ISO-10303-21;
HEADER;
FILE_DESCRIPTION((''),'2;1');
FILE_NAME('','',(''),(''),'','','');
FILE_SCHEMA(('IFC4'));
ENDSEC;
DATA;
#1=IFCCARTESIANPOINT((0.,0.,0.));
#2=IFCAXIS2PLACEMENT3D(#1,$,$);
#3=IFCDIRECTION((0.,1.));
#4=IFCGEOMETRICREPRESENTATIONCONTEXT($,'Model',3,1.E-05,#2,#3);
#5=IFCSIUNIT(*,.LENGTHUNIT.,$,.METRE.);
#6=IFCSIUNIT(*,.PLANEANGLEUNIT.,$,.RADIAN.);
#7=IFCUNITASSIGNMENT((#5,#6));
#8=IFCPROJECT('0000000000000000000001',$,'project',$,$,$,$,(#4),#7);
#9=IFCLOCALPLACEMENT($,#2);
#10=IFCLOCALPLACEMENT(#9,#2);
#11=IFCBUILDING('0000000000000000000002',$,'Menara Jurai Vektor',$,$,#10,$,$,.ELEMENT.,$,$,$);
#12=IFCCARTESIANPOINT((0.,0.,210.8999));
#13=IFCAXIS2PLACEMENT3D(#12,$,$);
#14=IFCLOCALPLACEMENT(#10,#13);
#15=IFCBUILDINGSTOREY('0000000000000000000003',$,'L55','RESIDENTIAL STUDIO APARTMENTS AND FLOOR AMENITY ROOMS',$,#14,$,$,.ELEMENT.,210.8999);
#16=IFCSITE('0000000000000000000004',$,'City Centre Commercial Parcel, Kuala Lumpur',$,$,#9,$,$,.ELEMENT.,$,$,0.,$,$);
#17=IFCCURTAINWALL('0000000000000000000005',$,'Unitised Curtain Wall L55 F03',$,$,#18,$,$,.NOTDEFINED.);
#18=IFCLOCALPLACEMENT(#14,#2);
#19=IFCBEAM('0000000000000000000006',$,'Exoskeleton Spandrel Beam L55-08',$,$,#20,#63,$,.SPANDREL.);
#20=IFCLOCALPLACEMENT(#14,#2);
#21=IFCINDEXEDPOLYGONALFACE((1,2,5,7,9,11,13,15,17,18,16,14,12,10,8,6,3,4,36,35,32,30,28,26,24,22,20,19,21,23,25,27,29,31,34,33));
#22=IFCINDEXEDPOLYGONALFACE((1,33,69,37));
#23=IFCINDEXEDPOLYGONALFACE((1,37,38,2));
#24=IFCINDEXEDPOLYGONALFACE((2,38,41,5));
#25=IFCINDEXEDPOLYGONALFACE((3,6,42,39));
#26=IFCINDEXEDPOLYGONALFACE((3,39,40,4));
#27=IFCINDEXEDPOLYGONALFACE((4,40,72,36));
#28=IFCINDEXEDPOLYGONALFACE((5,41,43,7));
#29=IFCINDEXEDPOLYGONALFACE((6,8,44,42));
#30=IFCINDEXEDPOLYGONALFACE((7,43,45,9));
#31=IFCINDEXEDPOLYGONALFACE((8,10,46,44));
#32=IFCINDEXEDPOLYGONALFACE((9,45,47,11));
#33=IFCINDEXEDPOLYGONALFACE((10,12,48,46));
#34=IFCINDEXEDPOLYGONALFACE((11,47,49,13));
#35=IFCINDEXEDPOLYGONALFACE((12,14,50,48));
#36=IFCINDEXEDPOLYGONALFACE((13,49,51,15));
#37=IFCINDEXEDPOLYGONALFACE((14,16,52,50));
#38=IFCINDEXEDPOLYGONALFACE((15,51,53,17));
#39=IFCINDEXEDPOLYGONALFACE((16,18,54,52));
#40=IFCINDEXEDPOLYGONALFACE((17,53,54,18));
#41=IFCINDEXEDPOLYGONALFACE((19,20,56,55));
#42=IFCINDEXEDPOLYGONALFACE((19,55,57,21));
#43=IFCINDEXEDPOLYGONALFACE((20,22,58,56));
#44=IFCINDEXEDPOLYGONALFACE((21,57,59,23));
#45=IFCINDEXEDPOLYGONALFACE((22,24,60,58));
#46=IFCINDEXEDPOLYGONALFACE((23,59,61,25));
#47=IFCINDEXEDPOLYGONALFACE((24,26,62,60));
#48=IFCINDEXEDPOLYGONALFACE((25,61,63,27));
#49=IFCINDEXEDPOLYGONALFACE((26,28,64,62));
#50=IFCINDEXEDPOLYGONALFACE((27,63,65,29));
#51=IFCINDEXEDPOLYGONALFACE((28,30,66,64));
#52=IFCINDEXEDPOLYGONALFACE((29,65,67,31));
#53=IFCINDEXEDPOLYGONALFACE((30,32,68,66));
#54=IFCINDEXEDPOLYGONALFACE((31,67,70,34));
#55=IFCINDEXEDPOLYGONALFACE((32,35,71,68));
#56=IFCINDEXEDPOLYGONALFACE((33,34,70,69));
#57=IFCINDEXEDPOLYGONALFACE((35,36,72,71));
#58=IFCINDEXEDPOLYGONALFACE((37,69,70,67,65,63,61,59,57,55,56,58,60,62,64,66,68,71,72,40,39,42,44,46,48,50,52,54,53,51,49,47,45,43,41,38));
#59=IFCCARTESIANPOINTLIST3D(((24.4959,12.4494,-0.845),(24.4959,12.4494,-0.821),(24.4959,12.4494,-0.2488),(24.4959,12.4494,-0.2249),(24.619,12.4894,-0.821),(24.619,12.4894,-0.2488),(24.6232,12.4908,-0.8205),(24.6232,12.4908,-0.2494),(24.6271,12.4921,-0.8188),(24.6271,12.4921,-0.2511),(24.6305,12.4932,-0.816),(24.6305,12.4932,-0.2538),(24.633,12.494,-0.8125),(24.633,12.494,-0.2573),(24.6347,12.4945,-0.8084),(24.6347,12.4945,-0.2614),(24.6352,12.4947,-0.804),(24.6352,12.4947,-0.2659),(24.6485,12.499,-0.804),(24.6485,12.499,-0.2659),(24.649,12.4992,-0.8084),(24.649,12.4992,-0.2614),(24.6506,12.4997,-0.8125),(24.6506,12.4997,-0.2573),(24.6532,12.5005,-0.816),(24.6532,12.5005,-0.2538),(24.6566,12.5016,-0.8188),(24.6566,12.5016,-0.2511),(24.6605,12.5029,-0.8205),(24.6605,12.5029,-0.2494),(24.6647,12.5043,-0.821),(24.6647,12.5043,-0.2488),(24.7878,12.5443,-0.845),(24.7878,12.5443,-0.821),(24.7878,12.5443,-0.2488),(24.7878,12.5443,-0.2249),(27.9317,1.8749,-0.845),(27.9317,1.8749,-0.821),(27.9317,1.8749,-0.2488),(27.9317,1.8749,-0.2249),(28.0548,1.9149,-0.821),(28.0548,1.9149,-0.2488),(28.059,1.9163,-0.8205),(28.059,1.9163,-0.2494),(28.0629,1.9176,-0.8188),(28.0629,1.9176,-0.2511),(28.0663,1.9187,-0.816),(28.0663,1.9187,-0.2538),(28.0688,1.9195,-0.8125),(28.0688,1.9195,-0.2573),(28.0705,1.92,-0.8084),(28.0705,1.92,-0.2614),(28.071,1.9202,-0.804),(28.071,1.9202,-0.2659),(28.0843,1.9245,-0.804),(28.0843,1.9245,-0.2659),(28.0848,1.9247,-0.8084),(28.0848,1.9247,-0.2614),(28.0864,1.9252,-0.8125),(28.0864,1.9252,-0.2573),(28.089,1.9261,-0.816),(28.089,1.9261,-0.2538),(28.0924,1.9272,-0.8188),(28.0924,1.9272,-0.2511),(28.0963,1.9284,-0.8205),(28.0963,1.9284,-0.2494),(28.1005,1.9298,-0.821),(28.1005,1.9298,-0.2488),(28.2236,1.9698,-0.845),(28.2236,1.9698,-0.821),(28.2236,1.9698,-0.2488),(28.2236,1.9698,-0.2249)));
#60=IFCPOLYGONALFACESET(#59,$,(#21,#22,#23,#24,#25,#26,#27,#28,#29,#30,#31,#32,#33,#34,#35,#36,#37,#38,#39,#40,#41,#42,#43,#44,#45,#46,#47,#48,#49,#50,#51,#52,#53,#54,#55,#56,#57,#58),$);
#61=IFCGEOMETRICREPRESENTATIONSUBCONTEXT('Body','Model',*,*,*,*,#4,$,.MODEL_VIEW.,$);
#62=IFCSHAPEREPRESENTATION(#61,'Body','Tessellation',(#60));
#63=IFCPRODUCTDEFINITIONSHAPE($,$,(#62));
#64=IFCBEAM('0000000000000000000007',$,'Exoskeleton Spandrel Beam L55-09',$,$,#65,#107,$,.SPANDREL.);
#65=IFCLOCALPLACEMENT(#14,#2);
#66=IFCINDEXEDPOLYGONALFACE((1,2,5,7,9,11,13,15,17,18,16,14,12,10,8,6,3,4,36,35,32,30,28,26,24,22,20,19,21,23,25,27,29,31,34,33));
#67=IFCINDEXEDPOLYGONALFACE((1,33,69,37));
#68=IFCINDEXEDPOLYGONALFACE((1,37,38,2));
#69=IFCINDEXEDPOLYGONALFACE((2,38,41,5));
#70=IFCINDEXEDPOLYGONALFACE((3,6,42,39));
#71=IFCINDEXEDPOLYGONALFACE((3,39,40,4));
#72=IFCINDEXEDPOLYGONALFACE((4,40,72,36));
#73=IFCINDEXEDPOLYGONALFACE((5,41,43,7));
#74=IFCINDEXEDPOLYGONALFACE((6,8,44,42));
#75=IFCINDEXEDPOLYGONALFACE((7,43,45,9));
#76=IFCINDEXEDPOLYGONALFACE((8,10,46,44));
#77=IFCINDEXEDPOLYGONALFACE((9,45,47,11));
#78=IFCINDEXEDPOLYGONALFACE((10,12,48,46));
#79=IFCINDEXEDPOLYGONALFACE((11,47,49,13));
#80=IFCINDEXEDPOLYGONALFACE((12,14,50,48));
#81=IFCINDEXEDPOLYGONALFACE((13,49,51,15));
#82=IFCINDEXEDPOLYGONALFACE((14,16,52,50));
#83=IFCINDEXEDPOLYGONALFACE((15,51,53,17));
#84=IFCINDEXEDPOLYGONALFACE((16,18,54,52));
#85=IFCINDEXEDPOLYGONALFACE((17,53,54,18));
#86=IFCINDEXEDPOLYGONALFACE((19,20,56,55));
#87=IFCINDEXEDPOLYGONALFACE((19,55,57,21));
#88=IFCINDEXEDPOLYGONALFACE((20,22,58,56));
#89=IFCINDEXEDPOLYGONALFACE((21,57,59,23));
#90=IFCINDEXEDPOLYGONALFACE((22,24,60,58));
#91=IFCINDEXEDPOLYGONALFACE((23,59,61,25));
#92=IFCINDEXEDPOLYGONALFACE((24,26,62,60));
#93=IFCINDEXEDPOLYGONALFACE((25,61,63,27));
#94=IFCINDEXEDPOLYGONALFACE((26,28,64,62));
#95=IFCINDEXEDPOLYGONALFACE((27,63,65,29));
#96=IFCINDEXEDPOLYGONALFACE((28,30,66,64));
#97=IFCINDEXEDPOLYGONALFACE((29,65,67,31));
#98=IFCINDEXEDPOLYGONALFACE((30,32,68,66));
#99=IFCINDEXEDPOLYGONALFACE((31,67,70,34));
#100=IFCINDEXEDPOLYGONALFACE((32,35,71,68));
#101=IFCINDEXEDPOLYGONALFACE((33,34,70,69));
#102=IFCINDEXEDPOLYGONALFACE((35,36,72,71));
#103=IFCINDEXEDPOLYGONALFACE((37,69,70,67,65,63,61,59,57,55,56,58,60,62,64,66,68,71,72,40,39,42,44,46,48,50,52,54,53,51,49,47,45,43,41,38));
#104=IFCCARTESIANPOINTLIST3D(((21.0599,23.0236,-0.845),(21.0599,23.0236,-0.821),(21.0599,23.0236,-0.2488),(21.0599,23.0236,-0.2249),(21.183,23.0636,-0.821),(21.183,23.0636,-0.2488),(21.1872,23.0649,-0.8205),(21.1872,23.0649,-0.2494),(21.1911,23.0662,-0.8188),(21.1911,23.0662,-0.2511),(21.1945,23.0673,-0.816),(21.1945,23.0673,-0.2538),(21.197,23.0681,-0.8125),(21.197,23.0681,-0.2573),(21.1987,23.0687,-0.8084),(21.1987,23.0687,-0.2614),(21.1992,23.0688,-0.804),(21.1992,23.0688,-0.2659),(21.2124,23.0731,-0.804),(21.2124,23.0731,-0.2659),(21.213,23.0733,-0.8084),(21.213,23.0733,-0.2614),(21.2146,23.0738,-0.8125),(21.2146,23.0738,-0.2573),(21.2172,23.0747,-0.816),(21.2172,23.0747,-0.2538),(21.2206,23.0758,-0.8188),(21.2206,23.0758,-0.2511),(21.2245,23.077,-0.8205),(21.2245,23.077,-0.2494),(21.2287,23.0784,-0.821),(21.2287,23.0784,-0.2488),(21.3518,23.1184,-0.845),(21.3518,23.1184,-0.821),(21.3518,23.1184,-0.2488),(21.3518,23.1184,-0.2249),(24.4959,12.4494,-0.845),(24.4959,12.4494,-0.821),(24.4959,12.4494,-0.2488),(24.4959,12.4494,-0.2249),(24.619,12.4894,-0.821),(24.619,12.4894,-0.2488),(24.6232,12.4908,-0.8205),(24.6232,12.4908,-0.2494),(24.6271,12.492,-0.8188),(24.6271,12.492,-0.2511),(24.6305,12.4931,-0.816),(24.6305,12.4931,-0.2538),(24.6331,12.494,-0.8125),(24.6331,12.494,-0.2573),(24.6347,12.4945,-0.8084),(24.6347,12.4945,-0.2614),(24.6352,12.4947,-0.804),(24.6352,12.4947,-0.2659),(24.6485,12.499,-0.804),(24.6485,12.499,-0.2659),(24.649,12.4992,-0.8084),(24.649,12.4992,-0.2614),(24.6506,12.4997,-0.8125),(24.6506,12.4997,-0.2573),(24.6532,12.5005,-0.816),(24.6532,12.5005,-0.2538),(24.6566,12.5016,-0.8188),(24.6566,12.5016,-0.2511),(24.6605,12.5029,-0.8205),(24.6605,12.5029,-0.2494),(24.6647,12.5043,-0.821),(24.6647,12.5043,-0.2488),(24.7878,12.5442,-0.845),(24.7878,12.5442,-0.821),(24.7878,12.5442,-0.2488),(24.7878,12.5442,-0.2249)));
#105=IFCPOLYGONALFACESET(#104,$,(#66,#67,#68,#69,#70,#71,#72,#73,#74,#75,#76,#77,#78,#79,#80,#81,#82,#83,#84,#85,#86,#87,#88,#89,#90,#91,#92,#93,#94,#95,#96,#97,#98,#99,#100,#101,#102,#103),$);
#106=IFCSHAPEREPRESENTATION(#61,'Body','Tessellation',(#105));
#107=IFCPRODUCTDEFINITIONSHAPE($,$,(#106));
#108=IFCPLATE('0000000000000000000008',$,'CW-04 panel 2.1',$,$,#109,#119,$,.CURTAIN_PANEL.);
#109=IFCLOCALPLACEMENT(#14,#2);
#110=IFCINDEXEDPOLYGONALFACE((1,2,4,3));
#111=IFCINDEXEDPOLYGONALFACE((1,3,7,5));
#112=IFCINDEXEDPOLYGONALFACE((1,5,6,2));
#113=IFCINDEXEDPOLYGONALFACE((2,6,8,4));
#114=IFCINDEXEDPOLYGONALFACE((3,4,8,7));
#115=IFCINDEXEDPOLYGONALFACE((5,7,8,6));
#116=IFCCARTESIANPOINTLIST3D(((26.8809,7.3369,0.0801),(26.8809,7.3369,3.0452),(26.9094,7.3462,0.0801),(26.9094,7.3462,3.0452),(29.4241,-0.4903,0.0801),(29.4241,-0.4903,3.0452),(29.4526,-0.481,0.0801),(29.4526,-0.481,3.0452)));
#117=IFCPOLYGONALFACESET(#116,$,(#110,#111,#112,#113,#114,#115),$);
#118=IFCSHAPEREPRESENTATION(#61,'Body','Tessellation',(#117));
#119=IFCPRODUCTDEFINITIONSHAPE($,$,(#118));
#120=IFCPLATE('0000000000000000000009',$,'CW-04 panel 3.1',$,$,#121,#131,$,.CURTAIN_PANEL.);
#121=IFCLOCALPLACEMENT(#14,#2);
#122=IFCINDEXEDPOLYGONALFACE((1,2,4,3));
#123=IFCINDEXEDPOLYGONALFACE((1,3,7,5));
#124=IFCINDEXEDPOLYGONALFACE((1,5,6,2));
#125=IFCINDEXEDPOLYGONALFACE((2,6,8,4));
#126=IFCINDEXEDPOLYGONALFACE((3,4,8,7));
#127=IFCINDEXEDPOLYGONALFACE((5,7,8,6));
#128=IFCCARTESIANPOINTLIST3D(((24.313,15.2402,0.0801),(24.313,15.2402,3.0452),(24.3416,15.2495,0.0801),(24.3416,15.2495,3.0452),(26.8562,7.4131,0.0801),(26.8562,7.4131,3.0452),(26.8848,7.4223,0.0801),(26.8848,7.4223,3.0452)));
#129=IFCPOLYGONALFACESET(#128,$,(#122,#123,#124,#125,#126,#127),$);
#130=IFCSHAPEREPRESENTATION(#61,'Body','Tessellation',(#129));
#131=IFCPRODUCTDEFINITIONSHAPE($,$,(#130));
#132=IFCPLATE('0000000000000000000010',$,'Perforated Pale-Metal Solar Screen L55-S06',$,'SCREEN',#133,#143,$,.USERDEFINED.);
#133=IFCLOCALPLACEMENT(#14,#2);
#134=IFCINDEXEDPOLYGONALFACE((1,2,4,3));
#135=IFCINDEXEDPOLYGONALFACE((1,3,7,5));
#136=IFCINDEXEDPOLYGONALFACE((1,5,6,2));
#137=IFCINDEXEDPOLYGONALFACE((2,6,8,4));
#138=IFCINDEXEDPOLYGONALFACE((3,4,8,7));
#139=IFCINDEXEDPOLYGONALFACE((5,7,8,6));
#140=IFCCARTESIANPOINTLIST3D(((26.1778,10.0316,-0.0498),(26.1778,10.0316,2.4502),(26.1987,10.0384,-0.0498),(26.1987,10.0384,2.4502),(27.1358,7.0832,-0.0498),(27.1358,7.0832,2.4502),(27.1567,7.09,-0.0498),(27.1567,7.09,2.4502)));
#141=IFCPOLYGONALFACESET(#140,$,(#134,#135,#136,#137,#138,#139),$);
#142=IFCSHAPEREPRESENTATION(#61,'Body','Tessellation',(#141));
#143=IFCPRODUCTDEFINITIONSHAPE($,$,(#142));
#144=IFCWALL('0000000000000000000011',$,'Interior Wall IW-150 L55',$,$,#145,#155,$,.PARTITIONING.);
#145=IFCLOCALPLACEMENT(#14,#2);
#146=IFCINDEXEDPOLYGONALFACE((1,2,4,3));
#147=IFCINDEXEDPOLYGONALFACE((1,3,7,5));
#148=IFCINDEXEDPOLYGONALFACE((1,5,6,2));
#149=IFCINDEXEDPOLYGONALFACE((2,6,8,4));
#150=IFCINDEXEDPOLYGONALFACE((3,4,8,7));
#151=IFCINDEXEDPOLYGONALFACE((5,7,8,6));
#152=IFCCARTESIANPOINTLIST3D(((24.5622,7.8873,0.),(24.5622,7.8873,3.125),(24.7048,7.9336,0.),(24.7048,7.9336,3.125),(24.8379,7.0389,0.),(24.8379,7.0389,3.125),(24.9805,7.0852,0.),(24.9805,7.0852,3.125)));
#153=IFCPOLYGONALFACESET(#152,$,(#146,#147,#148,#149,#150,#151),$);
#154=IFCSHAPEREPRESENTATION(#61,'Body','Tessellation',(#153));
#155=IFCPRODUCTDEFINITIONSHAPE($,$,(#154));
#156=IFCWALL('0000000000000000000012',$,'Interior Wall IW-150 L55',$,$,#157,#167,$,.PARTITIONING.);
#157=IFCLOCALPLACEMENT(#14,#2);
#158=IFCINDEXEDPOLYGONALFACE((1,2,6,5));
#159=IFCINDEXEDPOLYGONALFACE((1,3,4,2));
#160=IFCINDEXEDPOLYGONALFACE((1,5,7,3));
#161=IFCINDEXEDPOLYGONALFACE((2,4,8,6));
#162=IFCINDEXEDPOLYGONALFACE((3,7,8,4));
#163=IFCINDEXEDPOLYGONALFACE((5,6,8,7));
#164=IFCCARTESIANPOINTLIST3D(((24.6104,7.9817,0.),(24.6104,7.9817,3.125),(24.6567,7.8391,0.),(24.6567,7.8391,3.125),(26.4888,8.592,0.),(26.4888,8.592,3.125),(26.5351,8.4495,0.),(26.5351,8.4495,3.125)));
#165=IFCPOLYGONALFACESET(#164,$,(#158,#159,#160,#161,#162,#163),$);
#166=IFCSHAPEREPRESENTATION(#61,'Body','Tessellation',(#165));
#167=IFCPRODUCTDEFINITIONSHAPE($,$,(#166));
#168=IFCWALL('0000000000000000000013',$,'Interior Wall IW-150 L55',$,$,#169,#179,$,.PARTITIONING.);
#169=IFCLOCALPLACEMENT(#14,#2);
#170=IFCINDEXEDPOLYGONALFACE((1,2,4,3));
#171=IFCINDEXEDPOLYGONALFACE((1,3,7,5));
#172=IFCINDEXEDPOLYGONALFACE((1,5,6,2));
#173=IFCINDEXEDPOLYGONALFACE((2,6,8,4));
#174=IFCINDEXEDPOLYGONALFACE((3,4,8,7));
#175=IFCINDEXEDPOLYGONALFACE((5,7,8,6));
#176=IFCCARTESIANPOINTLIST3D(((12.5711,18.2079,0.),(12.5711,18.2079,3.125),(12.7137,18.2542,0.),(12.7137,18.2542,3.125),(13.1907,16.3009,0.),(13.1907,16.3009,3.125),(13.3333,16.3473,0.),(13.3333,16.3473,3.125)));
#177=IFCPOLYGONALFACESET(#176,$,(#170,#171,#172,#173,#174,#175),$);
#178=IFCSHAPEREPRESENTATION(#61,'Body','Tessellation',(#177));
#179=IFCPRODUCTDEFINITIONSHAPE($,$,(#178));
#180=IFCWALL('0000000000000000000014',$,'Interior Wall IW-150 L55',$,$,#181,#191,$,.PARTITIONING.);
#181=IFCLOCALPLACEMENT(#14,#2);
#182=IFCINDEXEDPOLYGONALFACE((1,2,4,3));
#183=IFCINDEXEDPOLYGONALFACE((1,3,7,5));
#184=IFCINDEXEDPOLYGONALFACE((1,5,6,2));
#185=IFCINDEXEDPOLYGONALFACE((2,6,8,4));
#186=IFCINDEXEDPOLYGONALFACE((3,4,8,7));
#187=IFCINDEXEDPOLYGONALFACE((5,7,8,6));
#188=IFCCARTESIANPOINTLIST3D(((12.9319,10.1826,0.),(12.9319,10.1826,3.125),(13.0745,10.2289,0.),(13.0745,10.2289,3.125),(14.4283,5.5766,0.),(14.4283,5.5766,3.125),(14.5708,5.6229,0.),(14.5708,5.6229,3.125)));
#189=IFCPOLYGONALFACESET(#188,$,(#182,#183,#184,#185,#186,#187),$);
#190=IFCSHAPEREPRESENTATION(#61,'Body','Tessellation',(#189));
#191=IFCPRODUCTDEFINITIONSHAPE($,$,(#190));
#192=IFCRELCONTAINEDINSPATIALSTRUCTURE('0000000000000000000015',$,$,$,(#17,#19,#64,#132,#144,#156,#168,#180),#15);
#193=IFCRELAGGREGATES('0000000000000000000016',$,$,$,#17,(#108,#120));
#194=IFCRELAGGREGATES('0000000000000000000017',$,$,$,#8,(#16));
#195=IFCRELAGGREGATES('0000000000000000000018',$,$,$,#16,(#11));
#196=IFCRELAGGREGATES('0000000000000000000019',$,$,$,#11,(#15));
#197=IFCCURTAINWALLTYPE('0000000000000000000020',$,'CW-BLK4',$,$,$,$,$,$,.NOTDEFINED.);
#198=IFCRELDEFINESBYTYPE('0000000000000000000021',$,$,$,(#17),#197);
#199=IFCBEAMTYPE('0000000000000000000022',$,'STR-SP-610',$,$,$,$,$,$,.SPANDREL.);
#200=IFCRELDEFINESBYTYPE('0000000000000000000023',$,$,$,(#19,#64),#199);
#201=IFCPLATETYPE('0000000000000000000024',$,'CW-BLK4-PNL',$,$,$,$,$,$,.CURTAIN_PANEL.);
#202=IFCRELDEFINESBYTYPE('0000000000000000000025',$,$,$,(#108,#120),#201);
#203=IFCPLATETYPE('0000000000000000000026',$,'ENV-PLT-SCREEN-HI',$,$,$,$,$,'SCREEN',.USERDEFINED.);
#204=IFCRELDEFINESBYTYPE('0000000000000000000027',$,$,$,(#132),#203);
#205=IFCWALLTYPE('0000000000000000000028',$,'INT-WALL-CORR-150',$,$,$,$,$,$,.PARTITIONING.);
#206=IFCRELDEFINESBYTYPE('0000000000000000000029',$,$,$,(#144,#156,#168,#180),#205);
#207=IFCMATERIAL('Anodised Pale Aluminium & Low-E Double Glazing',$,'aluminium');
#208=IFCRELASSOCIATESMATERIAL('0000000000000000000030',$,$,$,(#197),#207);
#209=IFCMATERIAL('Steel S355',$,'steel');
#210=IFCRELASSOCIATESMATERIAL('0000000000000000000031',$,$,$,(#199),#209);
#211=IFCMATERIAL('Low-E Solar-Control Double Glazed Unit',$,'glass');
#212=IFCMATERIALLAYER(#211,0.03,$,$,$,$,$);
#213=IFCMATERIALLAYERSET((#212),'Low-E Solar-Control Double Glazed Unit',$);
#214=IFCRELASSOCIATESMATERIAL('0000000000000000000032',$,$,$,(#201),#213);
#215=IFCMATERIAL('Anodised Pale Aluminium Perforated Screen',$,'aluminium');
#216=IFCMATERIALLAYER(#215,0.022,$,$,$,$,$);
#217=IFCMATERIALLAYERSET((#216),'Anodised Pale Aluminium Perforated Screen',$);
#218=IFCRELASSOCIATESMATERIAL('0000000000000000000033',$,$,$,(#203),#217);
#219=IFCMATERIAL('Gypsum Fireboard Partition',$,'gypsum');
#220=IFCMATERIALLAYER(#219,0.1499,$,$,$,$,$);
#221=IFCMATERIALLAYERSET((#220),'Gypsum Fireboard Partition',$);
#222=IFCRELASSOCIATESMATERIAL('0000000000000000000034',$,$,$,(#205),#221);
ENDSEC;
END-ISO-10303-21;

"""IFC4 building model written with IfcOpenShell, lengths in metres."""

from ifc_helpers import new_model, si_unit, direction, frame, frame_2d, origin, origin_2d, place, context, subcontext, project, spatial, rectangle, i_section, extrude, material, layer, layer_set, material_profile, profile_set, type_object, element, aggregate, save


model = new_model("IFC4")

# Units and contexts
model_context = context("Model", 3, precision=1e-05, world=origin(), true_north=direction((0.0, 1.0)))
body_context = subcontext(model_context, "Body", "Model", "MODEL_VIEW")
ifc_project = project(units=[si_unit("LENGTHUNIT", "METRE"), si_unit("PLANEANGLEUNIT", "RADIAN")], contexts=[model_context])

# Site, building, storey
site_placement = place(None, origin())
site = spatial("IfcSite", under=ifc_project, at=site_placement, Name="City Centre Commercial Parcel, Kuala Lumpur", CompositionType="ELEMENT", RefElevation=0.0)
building_placement = place(site_placement, origin())
building = spatial("IfcBuilding", under=site, at=building_placement, Name="Menara Jurai Vektor", CompositionType="ELEMENT")
storey_placement = place(building_placement, frame((0.0, 0.0, 210.8999)))
storey = spatial("IfcBuildingStorey", under=building, at=storey_placement, Name="L55", Description="RESIDENTIAL STUDIO APARTMENTS AND FLOOR AMENITY ROOMS", CompositionType="ELEMENT", Elevation=210.8999)

# Curtain wall
ifc_material_1 = material(Name="Anodised Pale Aluminium & Low-E Double Glazing", Category="aluminium")
curtain_wall_type = type_object("IfcCurtainWallType", Name="CW-BLK4", PredefinedType="NOTDEFINED", material=ifc_material_1)
curtain_wall_placement = place(storey_placement, origin())
curtain_wall = element("IfcCurtainWall", 1, at=curtain_wall_placement, inside=storey, type_object=curtain_wall_type, Name="Unitised Curtain Wall L55 F03", PredefinedType="NOTDEFINED")

# Beams
ifc_material_2 = material(Name="Steel S355", Category="steel")
ifc_material_profile_1 = material_profile(ifc_material_2, i_section(OverallWidth=0.3069, OverallDepth=0.6201, WebThickness=0.0139, FlangeThickness=0.0239, FilletRadius=0.0171, at=origin_2d()), Name="UKB 610x305x179")
ifc_profile_set_1 = profile_set([ifc_material_profile_1], Name="Steel S355")
beam_type_1 = type_object("IfcBeamType", Name="STR-SP-610", PredefinedType="SPANDREL", material=ifc_profile_set_1)
beam_1_placement = place(storey_placement, frame((28.0776, 1.9224, -0.5349), z_axis=(-0.309012, 0.951058, 0.0), x_axis=(-0.951058, -0.309012, 0.0)))
element("IfcBeam", 2, at=beam_1_placement, inside=storey, type_object=beam_type_1, Name="Exoskeleton Spandrel Beam L55-08", PredefinedType="SPANDREL", context=body_context, shape_type="SweptSolid", body=[
    extrude(i_section(OverallWidth=0.3069, OverallDepth=0.6201, WebThickness=0.0139, FlangeThickness=0.0239, FilletRadius=0.0171, at=origin_2d()), origin(), (0.0, 0.0, 1.0), 11.1187),
])
beam_2_placement = place(storey_placement, frame((24.6418, 12.4968, -0.5349), z_axis=(-0.309038, 0.95105, 0.0), x_axis=(-0.95105, -0.309038, 0.0)))
element("IfcBeam", 3, at=beam_2_placement, inside=storey, type_object=beam_type_1, Name="Exoskeleton Spandrel Beam L55-09", PredefinedType="SPANDREL", context=body_context, shape_type="SweptSolid", body=[
    extrude(i_section(OverallWidth=0.3069, OverallDepth=0.6201, WebThickness=0.0139, FlangeThickness=0.0239, FilletRadius=0.0171, at=origin_2d()), origin(), (0.0, 0.0, 1.0), 11.1184),
])

# Plates
ifc_material_3 = material(Name="Low-E Solar-Control Double Glazed Unit", Category="glass")
ifc_layer_1 = layer(ifc_material_3, 0.03)
ifc_layer_set_1 = layer_set([ifc_layer_1], Name="Low-E Solar-Control Double Glazed Unit")
plate_type_1 = type_object("IfcPlateType", Name="CW-BLK4-PNL", PredefinedType="CURTAIN_PANEL", material=ifc_layer_set_1)
plate_1_placement = place(storey_placement, frame((28.1667, 3.428, 0.0801), z_axis=(0.0, 0.0, 1.0), x_axis=(-0.309016, 0.951057, 0.0)))
plate_1 = element("IfcPlate", 4, at=plate_1_placement, type_object=plate_type_1, Name="CW-04 panel 2.1", PredefinedType="CURTAIN_PANEL", context=body_context, shape_type="SweptSolid", body=[
    extrude(rectangle(XDim=8.23, YDim=0.03, at=origin_2d()), origin(), (0.0, 0.0, 1.0), 2.9651),
])
plate_2_placement = place(storey_placement, frame((25.5989, 11.3313, 0.0801), z_axis=(0.0, 0.0, 1.0), x_axis=(-0.309016, 0.951057, 0.0)))
plate_2 = element("IfcPlate", 5, at=plate_2_placement, type_object=plate_type_1, Name="CW-04 panel 3.1", PredefinedType="CURTAIN_PANEL", context=body_context, shape_type="SweptSolid", body=[
    extrude(rectangle(XDim=8.23, YDim=0.03, at=origin_2d()), origin(), (0.0, 0.0, 1.0), 2.9651),
])
aggregate(curtain_wall, [plate_1, plate_2])
ifc_material_4 = material(Name="Anodised Pale Aluminium Perforated Screen", Category="aluminium")
ifc_layer_2 = layer(ifc_material_4, 0.022)
ifc_layer_set_2 = layer_set([ifc_layer_2], Name="Anodised Pale Aluminium Perforated Screen")
plate_type_2 = type_object("IfcPlateType", Name="ENV-PLT-SCREEN-HI", ElementType="SCREEN", PredefinedType="USERDEFINED", material=ifc_layer_set_2)
plate_3_placement = place(storey_placement, frame((26.6672, 8.5608, -0.0498), z_axis=(0.0, 0.0, 1.0), x_axis=(-0.309017, 0.951057, 0.0)))
element("IfcPlate", 6, at=plate_3_placement, inside=storey, type_object=plate_type_2, Name="Perforated Pale-Metal Solar Screen L55-S06", ObjectType="SCREEN", PredefinedType="USERDEFINED", context=body_context, shape_type="SweptSolid", body=[
    extrude(rectangle(XDim=3.1001, YDim=0.022, at=origin_2d()), origin(), (0.0, 0.0, 1.0), 2.5),
])

# Walls
ifc_material_5 = material(Name="Gypsum Fireboard Partition", Category="gypsum")
ifc_layer_3 = layer(ifc_material_5, 0.1499)
ifc_layer_set_3 = layer_set([ifc_layer_3], Name="Gypsum Fireboard Partition")
wall_type = type_object("IfcWallType", Name="INT-WALL-CORR-150", PredefinedType="PARTITIONING", material=ifc_layer_set_3)
wall_1_placement = place(storey_placement, frame((24.9092, 7.062, 0.0), z_axis=(0.0, 0.0, 1.0), x_axis=(-0.308993, 0.951064, 0.0)))
element("IfcWall", 7, at=wall_1_placement, inside=storey, type_object=wall_type, Name="Interior Wall IW-150 L55", PredefinedType="PARTITIONING", context=body_context, shape_type="SweptSolid", body=[
    extrude(rectangle(XDim=0.8921, YDim=0.1499, at=frame_2d((0.446, 0.0))), origin(), (0.0, 0.0, 1.0), 3.125),
])
wall_2_placement = place(storey_placement, frame((24.6335, 7.9104, 0.0), z_axis=(0.0, 0.0, 1.0), x_axis=(0.951054, 0.309025, 0.0)))
element("IfcWall", 8, at=wall_2_placement, inside=storey, type_object=wall_type, Name="Interior Wall IW-150 L55", PredefinedType="PARTITIONING", context=body_context, shape_type="SweptSolid", body=[
    extrude(rectangle(XDim=1.9751, YDim=0.1499, at=frame_2d((0.9875, 0.0))), origin(), (0.0, 0.0, 1.0), 3.125),
])
wall_3_placement = place(storey_placement, frame((13.262, 16.3242, 0.0), z_axis=(0.0, 0.0, 1.0), x_axis=(-0.309023, 0.951055, 0.0)))
element("IfcWall", 9, at=wall_3_placement, inside=storey, type_object=wall_type, Name="Interior Wall IW-150 L55", PredefinedType="PARTITIONING", context=body_context, shape_type="SweptSolid", body=[
    extrude(rectangle(XDim=2.0051, YDim=0.1499, at=frame_2d((1.0024, 0.0))), origin(), (0.0, 0.0, 1.0), 3.125),
])
wall_4_placement = place(storey_placement, frame((14.4995, 5.5999, 0.0), z_axis=(0.0, 0.0, 1.0), x_axis=(-0.308974, 0.95107, 0.0)))
element("IfcWall", 10, at=wall_4_placement, inside=storey, type_object=wall_type, Name="Interior Wall IW-150 L55", PredefinedType="PARTITIONING", context=body_context, shape_type="SweptSolid", body=[
    extrude(rectangle(XDim=4.843, YDim=0.1499, at=frame_2d((2.4214, 0.0))), origin(), (0.0, 0.0, 1.0), 3.125),
])

save(model, "model.ifc")
